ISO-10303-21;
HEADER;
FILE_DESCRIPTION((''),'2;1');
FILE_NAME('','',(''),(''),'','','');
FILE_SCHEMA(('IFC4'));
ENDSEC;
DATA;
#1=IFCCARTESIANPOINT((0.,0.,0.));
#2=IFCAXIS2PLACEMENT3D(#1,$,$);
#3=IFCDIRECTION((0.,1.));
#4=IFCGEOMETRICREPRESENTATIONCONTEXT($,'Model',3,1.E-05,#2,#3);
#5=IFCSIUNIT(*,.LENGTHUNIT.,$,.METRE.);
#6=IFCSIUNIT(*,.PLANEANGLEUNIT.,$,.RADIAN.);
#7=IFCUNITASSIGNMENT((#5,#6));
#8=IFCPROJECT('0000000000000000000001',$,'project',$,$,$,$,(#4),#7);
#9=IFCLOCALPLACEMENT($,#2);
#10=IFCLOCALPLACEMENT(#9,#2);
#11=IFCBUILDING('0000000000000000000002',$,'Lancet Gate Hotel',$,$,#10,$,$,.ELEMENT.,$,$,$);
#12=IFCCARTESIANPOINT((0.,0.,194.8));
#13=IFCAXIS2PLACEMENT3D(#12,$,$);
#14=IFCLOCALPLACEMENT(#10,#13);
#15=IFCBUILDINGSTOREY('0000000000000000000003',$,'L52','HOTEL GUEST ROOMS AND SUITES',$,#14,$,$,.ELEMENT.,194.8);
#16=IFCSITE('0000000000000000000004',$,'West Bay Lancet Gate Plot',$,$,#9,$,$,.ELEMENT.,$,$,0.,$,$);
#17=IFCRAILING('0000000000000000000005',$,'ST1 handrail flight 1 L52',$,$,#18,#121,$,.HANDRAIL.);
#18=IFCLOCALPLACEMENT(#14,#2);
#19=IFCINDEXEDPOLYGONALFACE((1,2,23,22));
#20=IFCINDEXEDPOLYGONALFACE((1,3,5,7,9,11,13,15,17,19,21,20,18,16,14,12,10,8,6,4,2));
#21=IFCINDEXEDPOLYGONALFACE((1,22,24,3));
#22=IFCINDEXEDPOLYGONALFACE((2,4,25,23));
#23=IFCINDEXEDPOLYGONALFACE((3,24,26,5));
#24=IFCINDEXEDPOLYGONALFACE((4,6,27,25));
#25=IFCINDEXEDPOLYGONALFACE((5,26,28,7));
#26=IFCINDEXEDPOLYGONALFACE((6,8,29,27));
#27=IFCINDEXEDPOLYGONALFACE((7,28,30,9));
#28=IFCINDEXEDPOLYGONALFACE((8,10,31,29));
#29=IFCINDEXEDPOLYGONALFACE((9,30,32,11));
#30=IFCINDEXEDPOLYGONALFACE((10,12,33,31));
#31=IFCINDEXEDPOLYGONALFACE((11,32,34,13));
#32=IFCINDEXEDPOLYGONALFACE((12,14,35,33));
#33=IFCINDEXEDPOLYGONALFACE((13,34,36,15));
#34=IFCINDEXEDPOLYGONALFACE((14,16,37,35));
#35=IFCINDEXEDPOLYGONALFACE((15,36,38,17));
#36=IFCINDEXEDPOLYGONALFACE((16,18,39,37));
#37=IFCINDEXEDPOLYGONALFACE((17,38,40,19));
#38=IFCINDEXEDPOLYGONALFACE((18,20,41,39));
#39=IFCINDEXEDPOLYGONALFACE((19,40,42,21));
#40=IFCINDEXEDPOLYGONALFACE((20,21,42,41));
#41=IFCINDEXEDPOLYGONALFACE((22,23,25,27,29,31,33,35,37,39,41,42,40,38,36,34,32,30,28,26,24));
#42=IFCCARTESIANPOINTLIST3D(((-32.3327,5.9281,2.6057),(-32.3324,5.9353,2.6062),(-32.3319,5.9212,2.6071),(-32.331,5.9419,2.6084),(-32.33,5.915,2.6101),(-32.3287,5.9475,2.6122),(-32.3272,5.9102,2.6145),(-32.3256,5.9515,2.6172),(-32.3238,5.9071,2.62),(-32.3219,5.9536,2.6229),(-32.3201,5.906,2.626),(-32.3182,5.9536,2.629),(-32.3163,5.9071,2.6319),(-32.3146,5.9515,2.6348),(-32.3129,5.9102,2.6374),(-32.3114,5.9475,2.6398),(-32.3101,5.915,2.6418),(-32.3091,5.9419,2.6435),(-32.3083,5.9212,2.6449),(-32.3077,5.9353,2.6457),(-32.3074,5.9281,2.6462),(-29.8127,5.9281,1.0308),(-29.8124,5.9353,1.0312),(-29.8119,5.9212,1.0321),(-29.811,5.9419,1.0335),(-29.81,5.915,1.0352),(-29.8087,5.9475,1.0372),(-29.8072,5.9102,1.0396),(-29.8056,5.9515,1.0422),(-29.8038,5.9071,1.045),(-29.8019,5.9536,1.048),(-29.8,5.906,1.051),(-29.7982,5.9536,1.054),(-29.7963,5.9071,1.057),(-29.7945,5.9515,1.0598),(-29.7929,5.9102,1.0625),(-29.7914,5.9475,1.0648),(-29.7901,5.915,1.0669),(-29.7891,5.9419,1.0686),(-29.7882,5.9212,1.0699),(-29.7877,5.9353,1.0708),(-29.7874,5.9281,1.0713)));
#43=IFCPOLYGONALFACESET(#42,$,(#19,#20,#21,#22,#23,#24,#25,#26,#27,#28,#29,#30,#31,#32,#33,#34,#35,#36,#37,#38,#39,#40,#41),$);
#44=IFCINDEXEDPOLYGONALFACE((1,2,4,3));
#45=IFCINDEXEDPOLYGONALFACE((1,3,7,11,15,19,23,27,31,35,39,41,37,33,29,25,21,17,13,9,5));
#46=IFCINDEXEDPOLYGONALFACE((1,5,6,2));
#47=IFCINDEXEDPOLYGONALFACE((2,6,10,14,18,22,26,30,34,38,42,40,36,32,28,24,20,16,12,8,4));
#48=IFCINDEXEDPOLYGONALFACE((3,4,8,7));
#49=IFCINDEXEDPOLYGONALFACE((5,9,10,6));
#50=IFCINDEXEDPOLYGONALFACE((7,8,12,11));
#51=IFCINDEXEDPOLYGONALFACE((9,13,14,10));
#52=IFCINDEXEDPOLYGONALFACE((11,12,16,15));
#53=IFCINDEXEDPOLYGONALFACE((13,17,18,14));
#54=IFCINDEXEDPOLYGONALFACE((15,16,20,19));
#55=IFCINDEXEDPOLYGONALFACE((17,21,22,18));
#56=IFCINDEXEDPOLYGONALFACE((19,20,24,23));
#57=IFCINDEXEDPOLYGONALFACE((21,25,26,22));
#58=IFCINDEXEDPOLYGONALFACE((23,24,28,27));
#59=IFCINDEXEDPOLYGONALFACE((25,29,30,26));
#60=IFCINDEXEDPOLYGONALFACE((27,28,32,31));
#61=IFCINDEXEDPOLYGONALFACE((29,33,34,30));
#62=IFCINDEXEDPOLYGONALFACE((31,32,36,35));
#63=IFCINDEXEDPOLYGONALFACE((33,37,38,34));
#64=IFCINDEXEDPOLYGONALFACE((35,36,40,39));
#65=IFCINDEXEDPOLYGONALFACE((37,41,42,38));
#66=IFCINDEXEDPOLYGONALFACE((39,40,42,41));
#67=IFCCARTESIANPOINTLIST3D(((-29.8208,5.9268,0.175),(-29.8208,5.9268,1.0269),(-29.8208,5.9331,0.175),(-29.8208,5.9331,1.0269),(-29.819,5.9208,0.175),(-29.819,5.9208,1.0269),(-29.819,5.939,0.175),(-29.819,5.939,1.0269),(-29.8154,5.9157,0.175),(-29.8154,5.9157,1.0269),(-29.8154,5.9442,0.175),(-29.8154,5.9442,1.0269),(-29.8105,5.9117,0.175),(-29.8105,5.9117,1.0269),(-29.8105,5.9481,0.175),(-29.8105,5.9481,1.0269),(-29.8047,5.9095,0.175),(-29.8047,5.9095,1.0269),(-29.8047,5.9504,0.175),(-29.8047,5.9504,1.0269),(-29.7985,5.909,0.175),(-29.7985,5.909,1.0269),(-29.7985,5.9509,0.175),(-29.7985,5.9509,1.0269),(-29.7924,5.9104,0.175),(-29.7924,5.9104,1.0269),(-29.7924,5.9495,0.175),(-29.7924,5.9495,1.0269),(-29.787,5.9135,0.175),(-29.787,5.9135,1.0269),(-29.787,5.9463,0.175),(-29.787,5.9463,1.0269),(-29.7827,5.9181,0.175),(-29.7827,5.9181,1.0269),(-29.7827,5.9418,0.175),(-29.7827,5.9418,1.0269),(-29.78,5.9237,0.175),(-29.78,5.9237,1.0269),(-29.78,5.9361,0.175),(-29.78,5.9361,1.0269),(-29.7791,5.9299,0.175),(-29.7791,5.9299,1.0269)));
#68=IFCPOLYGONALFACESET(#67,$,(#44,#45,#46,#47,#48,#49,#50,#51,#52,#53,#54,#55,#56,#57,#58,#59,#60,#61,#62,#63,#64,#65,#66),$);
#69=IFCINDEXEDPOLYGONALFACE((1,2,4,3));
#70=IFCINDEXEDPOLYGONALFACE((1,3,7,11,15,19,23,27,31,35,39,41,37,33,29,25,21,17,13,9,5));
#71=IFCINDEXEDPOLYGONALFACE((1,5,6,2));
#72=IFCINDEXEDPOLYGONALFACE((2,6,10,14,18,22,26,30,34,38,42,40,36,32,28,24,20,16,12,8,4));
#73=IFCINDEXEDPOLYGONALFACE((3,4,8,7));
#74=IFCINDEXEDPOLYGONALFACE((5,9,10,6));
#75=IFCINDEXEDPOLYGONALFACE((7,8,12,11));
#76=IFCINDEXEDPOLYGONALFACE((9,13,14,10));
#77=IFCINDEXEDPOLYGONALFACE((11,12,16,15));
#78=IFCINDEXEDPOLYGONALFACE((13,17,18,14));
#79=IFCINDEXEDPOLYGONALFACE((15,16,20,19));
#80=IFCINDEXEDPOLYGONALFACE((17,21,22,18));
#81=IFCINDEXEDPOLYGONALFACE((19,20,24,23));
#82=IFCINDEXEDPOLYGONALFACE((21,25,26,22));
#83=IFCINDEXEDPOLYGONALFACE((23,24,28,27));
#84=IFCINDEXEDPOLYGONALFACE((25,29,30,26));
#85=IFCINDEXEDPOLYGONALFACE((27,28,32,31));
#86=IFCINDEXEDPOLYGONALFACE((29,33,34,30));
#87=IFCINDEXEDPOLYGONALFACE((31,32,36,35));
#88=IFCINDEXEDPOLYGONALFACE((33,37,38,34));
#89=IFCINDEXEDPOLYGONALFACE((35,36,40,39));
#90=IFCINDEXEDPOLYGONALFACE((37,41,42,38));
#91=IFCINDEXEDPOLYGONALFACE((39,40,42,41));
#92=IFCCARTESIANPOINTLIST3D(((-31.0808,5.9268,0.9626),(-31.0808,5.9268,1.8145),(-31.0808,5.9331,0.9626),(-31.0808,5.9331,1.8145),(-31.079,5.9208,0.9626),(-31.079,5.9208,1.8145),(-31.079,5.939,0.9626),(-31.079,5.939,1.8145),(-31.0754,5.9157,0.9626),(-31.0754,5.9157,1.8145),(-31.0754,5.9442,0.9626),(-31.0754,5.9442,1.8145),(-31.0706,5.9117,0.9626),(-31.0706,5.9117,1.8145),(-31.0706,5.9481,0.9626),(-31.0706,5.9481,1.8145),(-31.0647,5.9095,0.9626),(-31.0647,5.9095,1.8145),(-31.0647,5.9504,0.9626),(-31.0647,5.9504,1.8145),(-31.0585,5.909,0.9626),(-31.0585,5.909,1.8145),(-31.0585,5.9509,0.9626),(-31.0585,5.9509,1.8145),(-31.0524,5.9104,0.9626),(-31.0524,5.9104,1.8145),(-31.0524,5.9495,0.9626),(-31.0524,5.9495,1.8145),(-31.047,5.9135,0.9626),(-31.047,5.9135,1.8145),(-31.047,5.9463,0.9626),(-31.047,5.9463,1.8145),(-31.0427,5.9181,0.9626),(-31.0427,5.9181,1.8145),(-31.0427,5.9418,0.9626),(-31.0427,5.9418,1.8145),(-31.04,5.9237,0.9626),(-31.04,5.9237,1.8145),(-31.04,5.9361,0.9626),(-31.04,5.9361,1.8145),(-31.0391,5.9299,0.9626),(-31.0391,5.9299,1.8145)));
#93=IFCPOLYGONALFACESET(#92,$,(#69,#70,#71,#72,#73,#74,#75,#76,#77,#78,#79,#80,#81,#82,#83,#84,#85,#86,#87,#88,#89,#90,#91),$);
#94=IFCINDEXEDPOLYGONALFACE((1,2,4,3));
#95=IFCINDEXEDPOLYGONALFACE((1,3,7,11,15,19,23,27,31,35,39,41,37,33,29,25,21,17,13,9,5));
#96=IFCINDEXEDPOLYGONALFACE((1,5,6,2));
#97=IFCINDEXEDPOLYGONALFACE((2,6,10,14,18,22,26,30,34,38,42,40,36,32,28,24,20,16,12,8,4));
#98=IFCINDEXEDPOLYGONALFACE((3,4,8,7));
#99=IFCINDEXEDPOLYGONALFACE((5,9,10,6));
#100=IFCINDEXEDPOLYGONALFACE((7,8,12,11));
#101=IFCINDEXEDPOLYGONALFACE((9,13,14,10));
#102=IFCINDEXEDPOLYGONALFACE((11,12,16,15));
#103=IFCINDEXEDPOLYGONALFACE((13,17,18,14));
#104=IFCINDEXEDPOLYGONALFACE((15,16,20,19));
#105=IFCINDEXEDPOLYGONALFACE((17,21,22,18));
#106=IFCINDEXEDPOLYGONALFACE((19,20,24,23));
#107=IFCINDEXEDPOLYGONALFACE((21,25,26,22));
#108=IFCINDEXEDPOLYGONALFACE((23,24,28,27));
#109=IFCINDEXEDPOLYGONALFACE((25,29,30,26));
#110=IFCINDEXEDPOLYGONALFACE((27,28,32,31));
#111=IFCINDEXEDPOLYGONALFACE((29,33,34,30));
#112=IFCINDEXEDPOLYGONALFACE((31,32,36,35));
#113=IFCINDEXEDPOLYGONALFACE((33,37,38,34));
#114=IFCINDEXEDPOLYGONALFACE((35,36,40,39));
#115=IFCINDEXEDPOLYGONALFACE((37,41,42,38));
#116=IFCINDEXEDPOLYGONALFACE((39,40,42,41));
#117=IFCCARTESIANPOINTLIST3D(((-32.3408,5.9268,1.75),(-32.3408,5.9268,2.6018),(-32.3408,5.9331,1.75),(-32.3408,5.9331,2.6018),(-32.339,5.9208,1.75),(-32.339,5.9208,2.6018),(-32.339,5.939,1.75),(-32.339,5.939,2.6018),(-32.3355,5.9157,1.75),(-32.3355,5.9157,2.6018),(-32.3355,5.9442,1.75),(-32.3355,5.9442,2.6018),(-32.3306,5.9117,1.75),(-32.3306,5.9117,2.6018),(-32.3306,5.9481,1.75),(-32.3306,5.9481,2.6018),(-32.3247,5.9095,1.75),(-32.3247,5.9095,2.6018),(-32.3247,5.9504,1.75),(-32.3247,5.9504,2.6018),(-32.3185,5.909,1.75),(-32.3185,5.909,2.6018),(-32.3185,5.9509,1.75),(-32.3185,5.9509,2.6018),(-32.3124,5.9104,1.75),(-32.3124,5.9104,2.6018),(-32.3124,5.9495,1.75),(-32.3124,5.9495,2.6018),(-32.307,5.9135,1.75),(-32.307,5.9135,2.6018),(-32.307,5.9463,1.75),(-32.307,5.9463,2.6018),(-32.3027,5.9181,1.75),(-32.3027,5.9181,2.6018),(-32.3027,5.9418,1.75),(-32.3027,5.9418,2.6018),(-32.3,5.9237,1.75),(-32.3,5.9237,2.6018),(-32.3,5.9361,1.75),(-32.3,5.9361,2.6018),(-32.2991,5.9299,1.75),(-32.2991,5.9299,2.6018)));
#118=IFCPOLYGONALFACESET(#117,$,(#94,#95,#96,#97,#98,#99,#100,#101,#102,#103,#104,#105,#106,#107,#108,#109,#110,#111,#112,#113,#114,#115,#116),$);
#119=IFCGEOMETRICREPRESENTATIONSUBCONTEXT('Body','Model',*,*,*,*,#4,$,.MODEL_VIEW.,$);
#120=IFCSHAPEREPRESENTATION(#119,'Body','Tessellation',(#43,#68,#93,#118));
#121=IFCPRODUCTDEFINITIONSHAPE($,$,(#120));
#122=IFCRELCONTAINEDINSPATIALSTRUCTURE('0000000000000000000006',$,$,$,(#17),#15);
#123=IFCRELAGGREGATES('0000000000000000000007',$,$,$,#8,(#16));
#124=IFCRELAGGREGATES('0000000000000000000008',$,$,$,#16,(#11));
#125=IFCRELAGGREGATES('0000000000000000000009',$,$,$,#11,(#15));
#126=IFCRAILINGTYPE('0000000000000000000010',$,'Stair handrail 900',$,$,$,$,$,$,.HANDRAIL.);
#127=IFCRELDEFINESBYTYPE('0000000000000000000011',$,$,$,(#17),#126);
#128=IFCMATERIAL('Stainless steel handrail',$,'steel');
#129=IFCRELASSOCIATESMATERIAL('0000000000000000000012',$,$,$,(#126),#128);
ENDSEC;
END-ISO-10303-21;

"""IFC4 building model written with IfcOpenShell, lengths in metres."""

from ifc_helpers import new_model, si_unit, direction, frame, origin, origin_2d, place, context, subcontext, project, spatial, circle, extrude, material, type_object, element, save


model = new_model("IFC4")

# Units and contexts
model_context = context("Model", 3, precision=1e-05, world=origin(), true_north=direction((0.0, 1.0)))
body_context = subcontext(model_context, "Body", "Model", "MODEL_VIEW")
ifc_project = project(units=[si_unit("LENGTHUNIT", "METRE"), si_unit("PLANEANGLEUNIT", "RADIAN")], contexts=[model_context])

# Site, building, storey
site_placement = place(None, origin())
site = spatial("IfcSite", under=ifc_project, at=site_placement, Name="West Bay Lancet Gate Plot", CompositionType="ELEMENT", RefElevation=0.0)
building_placement = place(site_placement, origin())
building = spatial("IfcBuilding", under=site, at=building_placement, Name="Lancet Gate Hotel", CompositionType="ELEMENT")
storey_placement = place(building_placement, frame((0.0, 0.0, 194.8)))
storey = spatial("IfcBuildingStorey", under=building, at=storey_placement, Name="L52", Description="HOTEL GUEST ROOMS AND SUITES", CompositionType="ELEMENT", Elevation=194.8)

# Railing
ifc_material_1 = material(Name="Stainless steel handrail", Category="steel")
railing_type = type_object("IfcRailingType", Name="Stair handrail 900", PredefinedType="HANDRAIL", material=ifc_material_1)
railing_1_placement = place(storey_placement, frame((-29.8, 5.9299, 0.175)))
element("IfcRailing", 1, at=railing_1_placement, inside=storey, type_object=railing_type, Name="ST1 handrail flight 1 L52", PredefinedType="HANDRAIL", context=body_context, shape_type="SweptSolid", body=[
    extrude(circle(Radius=0.0239, at=origin_2d()), frame((0.0, 0.0, 0.876), z_axis=(-0.848008, 0.0, 0.529984), x_axis=(0.0, -1.0, 0.0)), (0.0, 0.0, 1.0), 2.9717),
    extrude(circle(Radius=0.021, at=origin_2d()), origin(), (0.0, 0.0, 1.0), 0.8518),
    extrude(circle(Radius=0.021, at=origin_2d()), frame((-1.26, 0.0, 0.7876)), (0.0, 0.0, 1.0), 0.8518),
    extrude(circle(Radius=0.021, at=origin_2d()), frame((-2.52, 0.0, 1.575)), (0.0, 0.0, 1.0), 0.8518),
])

save(model, "model.ifc")
